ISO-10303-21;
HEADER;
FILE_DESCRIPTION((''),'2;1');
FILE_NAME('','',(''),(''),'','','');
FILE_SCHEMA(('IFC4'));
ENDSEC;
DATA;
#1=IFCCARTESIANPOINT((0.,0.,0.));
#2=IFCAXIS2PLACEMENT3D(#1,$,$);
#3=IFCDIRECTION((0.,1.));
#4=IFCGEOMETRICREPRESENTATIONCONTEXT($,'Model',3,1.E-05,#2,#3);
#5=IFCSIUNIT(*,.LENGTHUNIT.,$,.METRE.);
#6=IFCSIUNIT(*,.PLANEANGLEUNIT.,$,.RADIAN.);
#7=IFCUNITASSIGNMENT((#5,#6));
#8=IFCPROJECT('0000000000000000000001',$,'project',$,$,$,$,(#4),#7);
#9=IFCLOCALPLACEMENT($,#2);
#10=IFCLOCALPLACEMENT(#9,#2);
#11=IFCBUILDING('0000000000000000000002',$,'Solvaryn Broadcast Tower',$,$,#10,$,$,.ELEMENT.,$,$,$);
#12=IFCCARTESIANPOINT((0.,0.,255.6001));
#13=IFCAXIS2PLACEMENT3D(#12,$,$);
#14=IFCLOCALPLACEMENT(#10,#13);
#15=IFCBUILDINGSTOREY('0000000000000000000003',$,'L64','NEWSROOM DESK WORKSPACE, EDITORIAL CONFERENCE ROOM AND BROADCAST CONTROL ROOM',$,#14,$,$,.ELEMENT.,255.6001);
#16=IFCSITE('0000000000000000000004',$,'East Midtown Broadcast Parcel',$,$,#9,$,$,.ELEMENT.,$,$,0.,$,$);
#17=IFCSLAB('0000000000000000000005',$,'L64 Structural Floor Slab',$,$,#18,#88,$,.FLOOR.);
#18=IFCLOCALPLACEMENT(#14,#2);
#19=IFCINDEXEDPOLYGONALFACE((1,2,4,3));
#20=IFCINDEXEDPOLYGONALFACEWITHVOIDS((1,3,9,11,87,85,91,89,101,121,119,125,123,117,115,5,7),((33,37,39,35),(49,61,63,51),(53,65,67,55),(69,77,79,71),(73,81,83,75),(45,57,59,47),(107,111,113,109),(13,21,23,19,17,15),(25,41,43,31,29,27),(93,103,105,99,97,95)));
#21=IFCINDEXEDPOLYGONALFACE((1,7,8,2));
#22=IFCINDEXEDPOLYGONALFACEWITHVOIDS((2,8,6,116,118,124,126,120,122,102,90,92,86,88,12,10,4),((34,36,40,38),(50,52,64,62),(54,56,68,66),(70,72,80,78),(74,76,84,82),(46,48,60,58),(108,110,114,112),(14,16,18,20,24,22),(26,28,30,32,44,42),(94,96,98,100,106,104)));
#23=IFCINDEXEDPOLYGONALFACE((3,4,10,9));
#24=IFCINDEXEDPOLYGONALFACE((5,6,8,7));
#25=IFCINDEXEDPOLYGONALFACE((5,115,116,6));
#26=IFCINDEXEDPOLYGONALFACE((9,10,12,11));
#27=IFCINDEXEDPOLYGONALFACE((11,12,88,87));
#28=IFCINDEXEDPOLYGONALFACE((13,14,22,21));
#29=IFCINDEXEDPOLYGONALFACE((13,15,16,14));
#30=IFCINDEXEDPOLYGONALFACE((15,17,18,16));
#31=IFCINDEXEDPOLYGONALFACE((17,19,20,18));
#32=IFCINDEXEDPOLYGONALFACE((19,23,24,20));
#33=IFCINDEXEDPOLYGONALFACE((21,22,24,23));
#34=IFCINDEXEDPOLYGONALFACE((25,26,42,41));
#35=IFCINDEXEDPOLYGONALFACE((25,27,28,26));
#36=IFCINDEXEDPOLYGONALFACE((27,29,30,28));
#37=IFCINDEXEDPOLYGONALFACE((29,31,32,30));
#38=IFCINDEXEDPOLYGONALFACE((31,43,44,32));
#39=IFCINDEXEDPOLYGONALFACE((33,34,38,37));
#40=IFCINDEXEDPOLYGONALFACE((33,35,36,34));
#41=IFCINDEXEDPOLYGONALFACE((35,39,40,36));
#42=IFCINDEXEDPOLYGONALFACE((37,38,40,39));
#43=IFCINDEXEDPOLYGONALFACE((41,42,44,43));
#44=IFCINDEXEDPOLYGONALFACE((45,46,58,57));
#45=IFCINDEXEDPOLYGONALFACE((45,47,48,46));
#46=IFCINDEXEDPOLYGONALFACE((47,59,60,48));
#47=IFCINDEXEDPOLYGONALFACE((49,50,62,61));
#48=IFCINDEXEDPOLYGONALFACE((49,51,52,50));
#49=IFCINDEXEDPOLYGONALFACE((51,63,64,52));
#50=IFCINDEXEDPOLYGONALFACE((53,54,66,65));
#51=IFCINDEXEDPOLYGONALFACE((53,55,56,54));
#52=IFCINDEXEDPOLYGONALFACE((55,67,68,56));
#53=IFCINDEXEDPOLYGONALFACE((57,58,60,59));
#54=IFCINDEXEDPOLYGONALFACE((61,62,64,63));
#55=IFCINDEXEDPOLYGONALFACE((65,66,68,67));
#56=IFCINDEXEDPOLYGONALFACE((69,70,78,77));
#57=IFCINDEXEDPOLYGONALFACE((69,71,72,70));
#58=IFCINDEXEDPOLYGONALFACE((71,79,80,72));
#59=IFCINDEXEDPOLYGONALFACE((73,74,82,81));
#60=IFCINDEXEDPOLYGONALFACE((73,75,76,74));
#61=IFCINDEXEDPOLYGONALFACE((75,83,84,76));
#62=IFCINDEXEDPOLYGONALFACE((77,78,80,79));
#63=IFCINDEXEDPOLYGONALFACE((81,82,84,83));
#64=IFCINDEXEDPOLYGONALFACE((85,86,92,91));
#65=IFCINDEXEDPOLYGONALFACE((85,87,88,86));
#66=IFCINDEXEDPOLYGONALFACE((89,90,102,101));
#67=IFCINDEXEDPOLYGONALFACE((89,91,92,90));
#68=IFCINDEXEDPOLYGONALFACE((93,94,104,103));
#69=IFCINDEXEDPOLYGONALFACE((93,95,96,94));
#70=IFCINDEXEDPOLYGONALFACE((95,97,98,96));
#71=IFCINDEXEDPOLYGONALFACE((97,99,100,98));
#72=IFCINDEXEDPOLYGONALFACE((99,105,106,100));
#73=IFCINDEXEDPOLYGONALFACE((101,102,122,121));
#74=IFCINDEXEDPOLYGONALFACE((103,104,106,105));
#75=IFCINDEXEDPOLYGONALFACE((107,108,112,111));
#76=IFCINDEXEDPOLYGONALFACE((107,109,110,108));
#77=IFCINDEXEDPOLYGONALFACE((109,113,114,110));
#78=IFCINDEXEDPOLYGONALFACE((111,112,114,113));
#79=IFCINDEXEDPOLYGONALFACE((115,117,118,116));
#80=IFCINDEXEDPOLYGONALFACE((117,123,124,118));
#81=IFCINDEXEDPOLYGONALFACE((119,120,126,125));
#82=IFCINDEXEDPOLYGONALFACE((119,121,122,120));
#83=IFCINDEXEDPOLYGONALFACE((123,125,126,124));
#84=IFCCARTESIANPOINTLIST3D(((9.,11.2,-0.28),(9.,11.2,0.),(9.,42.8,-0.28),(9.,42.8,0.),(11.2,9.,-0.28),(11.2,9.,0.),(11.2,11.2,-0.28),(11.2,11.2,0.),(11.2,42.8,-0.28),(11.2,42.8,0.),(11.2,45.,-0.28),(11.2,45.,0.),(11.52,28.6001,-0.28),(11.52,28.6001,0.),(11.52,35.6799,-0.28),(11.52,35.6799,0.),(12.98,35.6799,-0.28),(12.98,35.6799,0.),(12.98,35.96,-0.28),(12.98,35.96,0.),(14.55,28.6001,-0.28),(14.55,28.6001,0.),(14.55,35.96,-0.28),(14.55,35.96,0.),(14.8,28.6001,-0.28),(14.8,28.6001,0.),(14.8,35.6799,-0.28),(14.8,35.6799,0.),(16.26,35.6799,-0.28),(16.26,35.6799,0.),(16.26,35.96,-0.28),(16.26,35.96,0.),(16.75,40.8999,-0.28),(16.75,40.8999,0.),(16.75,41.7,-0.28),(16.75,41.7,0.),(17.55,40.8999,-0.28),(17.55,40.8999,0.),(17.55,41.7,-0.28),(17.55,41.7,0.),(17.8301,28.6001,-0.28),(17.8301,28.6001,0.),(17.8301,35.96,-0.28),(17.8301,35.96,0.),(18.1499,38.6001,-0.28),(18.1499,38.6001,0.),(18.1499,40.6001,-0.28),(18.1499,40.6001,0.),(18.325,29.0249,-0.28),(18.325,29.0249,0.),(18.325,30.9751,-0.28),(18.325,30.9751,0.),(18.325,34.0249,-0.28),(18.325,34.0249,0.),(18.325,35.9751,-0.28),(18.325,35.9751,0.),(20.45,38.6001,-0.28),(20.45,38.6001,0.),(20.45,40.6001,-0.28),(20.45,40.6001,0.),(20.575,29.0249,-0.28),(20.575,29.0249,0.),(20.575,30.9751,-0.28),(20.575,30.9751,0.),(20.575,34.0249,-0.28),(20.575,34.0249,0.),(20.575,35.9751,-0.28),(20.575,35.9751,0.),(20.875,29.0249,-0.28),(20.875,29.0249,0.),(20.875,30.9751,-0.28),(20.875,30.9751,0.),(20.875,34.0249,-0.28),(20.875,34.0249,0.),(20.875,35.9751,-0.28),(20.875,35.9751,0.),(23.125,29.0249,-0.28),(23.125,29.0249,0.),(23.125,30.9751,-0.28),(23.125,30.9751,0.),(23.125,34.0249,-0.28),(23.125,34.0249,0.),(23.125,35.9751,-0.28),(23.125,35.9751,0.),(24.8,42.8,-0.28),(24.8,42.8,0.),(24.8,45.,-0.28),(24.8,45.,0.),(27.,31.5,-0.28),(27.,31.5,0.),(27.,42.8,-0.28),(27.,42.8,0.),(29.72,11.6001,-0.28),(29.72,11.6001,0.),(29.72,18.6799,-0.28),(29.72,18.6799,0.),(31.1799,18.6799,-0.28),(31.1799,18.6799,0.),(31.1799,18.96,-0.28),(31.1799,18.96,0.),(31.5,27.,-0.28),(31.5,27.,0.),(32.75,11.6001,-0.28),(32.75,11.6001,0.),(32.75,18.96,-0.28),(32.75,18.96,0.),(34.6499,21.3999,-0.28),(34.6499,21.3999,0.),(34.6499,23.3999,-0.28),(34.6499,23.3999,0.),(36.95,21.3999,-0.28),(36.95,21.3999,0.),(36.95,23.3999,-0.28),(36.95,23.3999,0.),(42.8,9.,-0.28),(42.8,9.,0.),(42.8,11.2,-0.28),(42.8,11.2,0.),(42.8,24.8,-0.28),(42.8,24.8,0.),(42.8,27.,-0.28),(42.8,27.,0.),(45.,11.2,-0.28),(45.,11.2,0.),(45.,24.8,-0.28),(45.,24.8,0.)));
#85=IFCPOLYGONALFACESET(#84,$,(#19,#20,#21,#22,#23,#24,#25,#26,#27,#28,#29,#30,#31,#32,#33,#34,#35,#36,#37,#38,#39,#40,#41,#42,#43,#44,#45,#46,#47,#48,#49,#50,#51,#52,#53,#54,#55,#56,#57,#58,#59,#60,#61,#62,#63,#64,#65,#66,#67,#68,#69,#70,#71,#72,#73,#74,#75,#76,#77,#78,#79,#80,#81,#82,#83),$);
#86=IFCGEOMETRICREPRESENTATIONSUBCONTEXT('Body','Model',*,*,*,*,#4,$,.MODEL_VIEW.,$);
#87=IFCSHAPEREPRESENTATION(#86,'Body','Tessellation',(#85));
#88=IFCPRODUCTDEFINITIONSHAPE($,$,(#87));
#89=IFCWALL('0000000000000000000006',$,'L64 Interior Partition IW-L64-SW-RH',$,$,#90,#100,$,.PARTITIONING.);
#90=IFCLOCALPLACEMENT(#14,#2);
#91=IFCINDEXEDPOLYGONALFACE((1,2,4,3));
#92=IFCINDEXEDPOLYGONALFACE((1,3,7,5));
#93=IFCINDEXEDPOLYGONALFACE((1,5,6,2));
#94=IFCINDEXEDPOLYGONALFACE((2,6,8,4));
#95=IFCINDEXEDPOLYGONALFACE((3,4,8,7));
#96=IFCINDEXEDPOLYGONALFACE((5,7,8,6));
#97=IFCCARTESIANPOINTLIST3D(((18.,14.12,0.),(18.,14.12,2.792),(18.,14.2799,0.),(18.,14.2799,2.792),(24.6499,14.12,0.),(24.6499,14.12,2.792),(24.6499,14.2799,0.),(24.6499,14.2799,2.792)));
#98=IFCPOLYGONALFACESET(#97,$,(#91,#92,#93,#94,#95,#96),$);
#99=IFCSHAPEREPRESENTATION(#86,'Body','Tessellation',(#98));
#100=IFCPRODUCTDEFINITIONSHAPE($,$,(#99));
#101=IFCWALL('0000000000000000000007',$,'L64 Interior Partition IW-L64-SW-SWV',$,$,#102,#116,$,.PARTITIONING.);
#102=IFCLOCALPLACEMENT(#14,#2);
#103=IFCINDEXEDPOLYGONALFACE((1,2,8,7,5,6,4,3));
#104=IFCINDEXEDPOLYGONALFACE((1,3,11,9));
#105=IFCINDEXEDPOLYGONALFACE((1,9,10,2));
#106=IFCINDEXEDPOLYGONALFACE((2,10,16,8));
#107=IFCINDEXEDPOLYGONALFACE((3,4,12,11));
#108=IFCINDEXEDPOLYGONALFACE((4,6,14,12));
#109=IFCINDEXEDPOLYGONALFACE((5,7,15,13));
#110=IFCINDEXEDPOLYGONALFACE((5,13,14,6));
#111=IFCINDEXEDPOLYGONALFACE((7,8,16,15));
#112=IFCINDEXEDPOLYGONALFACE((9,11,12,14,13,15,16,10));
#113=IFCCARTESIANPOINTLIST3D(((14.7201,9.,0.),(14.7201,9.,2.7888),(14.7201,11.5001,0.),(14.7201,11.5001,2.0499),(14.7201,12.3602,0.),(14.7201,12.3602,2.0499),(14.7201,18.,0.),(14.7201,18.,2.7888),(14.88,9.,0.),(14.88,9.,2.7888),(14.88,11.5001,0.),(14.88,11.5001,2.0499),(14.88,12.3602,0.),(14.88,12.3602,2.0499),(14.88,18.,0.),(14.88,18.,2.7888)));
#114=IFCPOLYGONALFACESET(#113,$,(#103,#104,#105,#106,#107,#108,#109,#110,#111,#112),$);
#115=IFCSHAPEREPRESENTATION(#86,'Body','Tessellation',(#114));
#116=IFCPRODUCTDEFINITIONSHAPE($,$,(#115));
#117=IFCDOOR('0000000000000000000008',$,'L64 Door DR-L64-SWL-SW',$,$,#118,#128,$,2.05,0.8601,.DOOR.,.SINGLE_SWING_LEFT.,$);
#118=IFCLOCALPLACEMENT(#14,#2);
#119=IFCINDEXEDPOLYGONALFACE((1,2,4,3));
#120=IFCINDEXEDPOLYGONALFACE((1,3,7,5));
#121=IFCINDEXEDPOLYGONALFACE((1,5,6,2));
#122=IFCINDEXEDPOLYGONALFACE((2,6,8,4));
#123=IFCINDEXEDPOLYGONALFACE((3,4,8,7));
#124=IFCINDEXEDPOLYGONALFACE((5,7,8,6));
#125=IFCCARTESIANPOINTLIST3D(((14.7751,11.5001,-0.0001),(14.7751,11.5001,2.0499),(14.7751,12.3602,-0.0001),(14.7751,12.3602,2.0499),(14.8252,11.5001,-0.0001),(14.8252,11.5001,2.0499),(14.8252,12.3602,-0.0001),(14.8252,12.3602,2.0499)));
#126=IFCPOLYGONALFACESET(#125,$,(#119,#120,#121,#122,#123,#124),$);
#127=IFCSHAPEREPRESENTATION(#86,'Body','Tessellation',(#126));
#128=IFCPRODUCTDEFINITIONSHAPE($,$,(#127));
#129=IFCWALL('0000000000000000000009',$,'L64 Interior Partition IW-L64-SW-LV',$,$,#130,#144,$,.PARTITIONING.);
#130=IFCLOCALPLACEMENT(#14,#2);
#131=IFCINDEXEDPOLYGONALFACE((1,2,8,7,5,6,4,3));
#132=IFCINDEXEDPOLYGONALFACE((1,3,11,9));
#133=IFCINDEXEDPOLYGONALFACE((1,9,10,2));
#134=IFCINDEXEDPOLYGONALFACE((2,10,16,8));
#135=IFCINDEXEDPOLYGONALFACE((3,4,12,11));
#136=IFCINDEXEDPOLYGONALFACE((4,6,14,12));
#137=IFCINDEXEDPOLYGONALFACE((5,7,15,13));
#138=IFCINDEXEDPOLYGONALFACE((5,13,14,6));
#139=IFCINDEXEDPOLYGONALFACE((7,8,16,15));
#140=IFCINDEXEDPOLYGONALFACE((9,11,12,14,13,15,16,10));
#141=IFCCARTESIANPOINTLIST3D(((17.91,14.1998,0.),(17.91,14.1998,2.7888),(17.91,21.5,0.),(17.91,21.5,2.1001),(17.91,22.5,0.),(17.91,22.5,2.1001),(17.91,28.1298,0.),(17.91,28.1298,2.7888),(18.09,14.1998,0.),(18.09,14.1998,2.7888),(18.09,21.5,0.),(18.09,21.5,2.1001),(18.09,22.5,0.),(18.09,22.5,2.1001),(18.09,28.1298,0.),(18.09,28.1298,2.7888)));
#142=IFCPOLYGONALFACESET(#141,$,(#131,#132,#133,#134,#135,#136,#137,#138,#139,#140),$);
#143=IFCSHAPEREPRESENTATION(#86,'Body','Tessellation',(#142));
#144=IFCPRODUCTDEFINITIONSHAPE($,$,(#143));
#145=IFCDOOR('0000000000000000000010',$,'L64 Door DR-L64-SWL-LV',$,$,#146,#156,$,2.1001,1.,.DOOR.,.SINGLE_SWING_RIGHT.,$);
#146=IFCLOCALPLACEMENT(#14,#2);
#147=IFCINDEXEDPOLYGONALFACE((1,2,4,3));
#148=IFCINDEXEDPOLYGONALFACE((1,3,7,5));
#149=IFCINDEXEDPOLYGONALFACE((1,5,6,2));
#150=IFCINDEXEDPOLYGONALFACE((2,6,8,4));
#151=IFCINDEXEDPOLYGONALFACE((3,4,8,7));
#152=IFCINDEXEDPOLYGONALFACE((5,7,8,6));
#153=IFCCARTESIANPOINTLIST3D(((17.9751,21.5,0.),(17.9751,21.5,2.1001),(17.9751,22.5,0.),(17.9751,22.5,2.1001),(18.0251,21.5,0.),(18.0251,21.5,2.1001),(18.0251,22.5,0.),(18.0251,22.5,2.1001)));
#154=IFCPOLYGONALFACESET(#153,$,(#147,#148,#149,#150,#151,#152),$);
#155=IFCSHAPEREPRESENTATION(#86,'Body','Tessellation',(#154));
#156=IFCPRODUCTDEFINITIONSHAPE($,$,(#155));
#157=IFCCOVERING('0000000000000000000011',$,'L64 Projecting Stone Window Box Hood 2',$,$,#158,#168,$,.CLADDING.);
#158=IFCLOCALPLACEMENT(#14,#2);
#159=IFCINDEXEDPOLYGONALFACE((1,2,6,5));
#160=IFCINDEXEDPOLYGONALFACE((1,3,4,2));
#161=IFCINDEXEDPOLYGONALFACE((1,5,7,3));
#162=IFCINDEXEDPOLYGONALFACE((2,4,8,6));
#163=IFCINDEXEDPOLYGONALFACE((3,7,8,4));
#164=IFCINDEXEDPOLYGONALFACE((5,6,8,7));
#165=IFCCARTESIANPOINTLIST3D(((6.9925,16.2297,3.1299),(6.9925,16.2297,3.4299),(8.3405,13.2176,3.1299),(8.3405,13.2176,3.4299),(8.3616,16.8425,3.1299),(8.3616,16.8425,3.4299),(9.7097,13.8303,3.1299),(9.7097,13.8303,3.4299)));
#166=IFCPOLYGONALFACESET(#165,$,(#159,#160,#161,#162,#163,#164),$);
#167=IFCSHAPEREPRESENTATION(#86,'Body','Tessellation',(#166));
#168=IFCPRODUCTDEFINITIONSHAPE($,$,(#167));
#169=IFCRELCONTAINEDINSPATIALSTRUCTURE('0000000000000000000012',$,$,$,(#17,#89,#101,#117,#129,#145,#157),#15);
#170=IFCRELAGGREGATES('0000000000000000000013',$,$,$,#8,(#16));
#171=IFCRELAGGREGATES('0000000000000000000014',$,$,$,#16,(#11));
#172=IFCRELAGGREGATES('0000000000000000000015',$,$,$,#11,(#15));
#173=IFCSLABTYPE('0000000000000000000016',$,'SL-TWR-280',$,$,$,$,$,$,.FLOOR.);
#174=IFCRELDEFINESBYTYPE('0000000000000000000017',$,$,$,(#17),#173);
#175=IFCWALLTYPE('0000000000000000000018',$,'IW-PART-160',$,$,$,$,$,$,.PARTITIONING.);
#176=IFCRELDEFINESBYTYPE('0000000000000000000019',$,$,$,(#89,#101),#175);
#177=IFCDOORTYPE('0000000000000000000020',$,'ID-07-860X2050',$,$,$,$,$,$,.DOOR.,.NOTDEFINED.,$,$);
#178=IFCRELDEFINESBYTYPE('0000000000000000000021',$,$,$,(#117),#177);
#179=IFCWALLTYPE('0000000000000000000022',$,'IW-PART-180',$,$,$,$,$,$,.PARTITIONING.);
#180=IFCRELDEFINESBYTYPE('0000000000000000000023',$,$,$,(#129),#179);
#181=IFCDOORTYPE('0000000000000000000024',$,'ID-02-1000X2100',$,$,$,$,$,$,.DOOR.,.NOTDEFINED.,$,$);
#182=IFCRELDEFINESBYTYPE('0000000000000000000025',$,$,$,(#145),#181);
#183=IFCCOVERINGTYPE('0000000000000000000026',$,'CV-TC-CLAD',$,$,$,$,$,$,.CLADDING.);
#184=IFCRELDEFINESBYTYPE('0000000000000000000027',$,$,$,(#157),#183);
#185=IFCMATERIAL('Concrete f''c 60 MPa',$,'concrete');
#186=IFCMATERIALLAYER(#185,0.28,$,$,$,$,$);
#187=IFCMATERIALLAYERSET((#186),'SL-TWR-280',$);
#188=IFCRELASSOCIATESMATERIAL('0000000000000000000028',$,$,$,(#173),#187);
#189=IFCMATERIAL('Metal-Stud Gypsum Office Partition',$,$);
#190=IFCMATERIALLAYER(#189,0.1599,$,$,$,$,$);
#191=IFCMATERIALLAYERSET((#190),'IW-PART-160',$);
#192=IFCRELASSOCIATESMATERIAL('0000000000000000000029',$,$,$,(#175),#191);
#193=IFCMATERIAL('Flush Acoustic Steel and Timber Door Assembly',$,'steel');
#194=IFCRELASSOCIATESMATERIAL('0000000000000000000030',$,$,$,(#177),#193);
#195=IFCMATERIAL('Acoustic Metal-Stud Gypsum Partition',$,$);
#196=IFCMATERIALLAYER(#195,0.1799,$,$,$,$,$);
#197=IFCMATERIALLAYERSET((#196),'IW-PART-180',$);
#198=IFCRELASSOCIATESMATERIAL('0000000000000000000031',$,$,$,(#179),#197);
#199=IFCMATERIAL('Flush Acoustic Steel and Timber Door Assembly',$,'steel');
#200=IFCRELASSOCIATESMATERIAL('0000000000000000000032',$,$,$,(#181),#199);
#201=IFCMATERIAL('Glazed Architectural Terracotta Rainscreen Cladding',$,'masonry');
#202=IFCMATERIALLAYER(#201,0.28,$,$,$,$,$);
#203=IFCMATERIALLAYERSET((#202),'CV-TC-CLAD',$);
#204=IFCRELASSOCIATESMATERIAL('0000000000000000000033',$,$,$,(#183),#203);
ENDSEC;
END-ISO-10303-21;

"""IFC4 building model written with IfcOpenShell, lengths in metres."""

from ifc_helpers import new_model, si_unit, direction, frame, frame_2d, origin, origin_2d, place, context, subcontext, project, spatial, polyline, rectangle, outline, extrude, material, layer, layer_set, type_object, element, fill, save


model = new_model("IFC4")

# Units and contexts
model_context = context("Model", 3, precision=1e-05, world=origin(), true_north=direction((0.0, 1.0)))
body_context = subcontext(model_context, "Body", "Model", "MODEL_VIEW")
ifc_project = project(units=[si_unit("LENGTHUNIT", "METRE"), si_unit("PLANEANGLEUNIT", "RADIAN")], contexts=[model_context])

# Site, building, storey
site_placement = place(None, origin())
site = spatial("IfcSite", under=ifc_project, at=site_placement, Name="East Midtown Broadcast Parcel", CompositionType="ELEMENT", RefElevation=0.0)
building_placement = place(site_placement, origin())
building = spatial("IfcBuilding", under=site, at=building_placement, Name="Solvaryn Broadcast Tower", CompositionType="ELEMENT")
storey_placement = place(building_placement, frame((0.0, 0.0, 255.6001)))
storey = spatial("IfcBuildingStorey", under=building, at=storey_placement, Name="L64", Description="NEWSROOM DESK WORKSPACE, EDITORIAL CONFERENCE ROOM AND BROADCAST CONTROL ROOM", CompositionType="ELEMENT", Elevation=255.6001)

# Slab
ifc_material_1 = material(Name="Concrete f'c 60 MPa", Category="concrete")
ifc_layer_1 = layer(ifc_material_1, 0.28)
ifc_layer_set_1 = layer_set([ifc_layer_1], Name="SL-TWR-280")
slab_type_1 = type_object("IfcSlabType", Name="SL-TWR-280", PredefinedType="FLOOR", material=ifc_layer_set_1)
slab_1_placement = place(storey_placement, frame((0.0, 0.0, -0.28)))
element("IfcSlab", 1, at=slab_1_placement, inside=storey, type_object=slab_type_1, Name="L64 Structural Floor Slab", PredefinedType="FLOOR", context=body_context, shape_type="SweptSolid", body=[
    extrude(outline(polyline([(11.2, 9.0), (42.8, 9.0), (42.8, 11.2), (45.0, 11.2), (45.0, 24.8), (42.8, 24.8), (42.8, 27.0), (31.5, 27.0), (27.0, 31.5), (27.0, 42.8), (24.8, 42.8), (24.8, 45.0), (11.2, 45.0), (11.2, 42.8), (9.0, 42.8), (9.0, 11.2), (11.2, 11.2), (11.2, 9.0)]), holes=[polyline([(11.52, 28.6001), (14.55, 28.6001), (14.55, 35.96), (12.98, 35.96), (12.98, 35.6799), (11.52, 35.6799), (11.52, 28.6001)]), polyline([(14.8, 28.6001), (17.8301, 28.6001), (17.8301, 35.96), (16.26, 35.96), (16.26, 35.6799), (14.8, 35.6799), (14.8, 28.6001)]), polyline([(29.72, 11.6001), (32.75, 11.6001), (32.75, 18.96), (31.1799, 18.96), (31.1799, 18.6799), (29.72, 18.6799), (29.72, 11.6001)]), polyline([(18.1499, 38.6001), (20.45, 38.6001), (20.45, 40.6001), (18.1499, 40.6001), (18.1499, 38.6001)]), polyline([(18.325, 29.0249), (20.575, 29.0249), (20.575, 30.9751), (18.325, 30.9751), (18.325, 29.0249)]), polyline([(20.875, 29.0249), (23.125, 29.0249), (23.125, 30.9751), (20.875, 30.9751), (20.875, 29.0249)]), polyline([(18.325, 34.0249), (20.575, 34.0249), (20.575, 35.9751), (18.325, 35.9751), (18.325, 34.0249)]), polyline([(20.875, 34.0249), (23.125, 34.0249), (23.125, 35.9751), (20.875, 35.9751), (20.875, 34.0249)]), polyline([(34.6499, 21.3999), (36.95, 21.3999), (36.95, 23.3999), (34.6499, 23.3999), (34.6499, 21.3999)]), polyline([(16.75, 40.8999), (17.55, 40.8999), (17.55, 41.7), (16.75, 41.7), (16.75, 40.8999)])]), origin(), (0.0, 0.0, 1.0), 0.28),
])

# Wall
ifc_material_2 = material(Name="Metal-Stud Gypsum Office Partition")
ifc_layer_2 = layer(ifc_material_2, 0.1599)
ifc_layer_set_2 = layer_set([ifc_layer_2], Name="IW-PART-160")
wall_type_1 = type_object("IfcWallType", Name="IW-PART-160", PredefinedType="PARTITIONING", material=ifc_layer_set_2)
wall_1_placement = place(storey_placement, frame((18.0, 14.2, 0.0), z_axis=(0.0, 0.0, 1.0), x_axis=(1.0, 0.0, 0.0)))
element("IfcWall", 2, at=wall_1_placement, inside=storey, type_object=wall_type_1, Name="L64 Interior Partition IW-L64-SW-RH", PredefinedType="PARTITIONING", context=body_context, shape_type="SweptSolid", body=[
    extrude(rectangle(XDim=6.6499, YDim=0.1599, at=frame_2d((3.325, 0.0))), origin(), (0.0, 0.0, 1.0), 2.792),
])

# Walls, openings, doors
wall_2_placement = place(storey_placement, frame((14.8, 9.0, 0.0), z_axis=(0.0, 0.0, 1.0), x_axis=(0.0, 1.0, 0.0)))
wall_2 = element("IfcWall", 3, at=wall_2_placement, inside=storey, type_object=wall_type_1, Name="L64 Interior Partition IW-L64-SW-SWV", PredefinedType="PARTITIONING", context=body_context, shape_type="SweptSolid", body=[
    extrude(rectangle(XDim=9.0, YDim=0.1599, at=frame_2d((4.5, 0.0))), origin(), (0.0, 0.0, 1.0), 2.7888),
])
opening_1_placement = place(wall_2_placement, frame((2.5, 0.0, 0.0)))
opening_1 = element("IfcOpeningElement", 4, at=opening_1_placement, cuts=wall_2, PredefinedType="OPENING", context=body_context, shape_type="SweptSolid", body=[
    extrude(rectangle(XDim=0.8601, YDim=2.05, at=frame_2d((0.4302, 1.0249))), frame((0.0, 0.0901, 0.0), z_axis=(0.0, -1.0, 0.0), x_axis=(1.0, 0.0, 0.0)), (0.0, 0.0, 1.0), 0.1799),
])
ifc_material_3 = material(Name="Flush Acoustic Steel and Timber Door Assembly", Category="steel")
door_type_1 = type_object("IfcDoorType", Name="ID-07-860X2050", OperationType="NOTDEFINED", PredefinedType="DOOR", material=ifc_material_3)
door_1_placement = place(opening_1_placement, origin())
door_1 = element("IfcDoor", 5, at=door_1_placement, inside=storey, type_object=door_type_1, Name="L64 Door DR-L64-SWL-SW", OperationType="SINGLE_SWING_LEFT", OverallHeight=2.05, OverallWidth=0.8601, PredefinedType="DOOR", context=body_context, shape_type="SweptSolid", body=[
    extrude(rectangle(XDim=0.8601, YDim=2.05, at=frame_2d((0.4302, 1.0249))), frame((0.0, 0.0249, 0.0), z_axis=(0.0, -1.0, 0.0), x_axis=(1.0, 0.0, 0.0)), (0.0, 0.0, 1.0), 0.05),
])
fill(opening_1, door_1)
ifc_material_4 = material(Name="Acoustic Metal-Stud Gypsum Partition")
ifc_layer_3 = layer(ifc_material_4, 0.1799)
ifc_layer_set_3 = layer_set([ifc_layer_3], Name="IW-PART-180")
wall_type_2 = type_object("IfcWallType", Name="IW-PART-180", PredefinedType="PARTITIONING", material=ifc_layer_set_3)
wall_3_placement = place(storey_placement, frame((18.0, 14.2, 0.0), z_axis=(0.0, 0.0, 1.0), x_axis=(0.0, 1.0, 0.0)))
wall_3 = element("IfcWall", 6, at=wall_3_placement, inside=storey, type_object=wall_type_2, Name="L64 Interior Partition IW-L64-SW-LV", PredefinedType="PARTITIONING", context=body_context, shape_type="SweptSolid", body=[
    extrude(rectangle(XDim=13.9299, YDim=0.1799, at=frame_2d((6.9648, 0.0))), origin(), (0.0, 0.0, 1.0), 2.7888),
])
opening_2_placement = place(wall_3_placement, frame((7.3, 0.0, 0.0)))
opening_2 = element("IfcOpeningElement", 7, at=opening_2_placement, cuts=wall_3, PredefinedType="OPENING", context=body_context, shape_type="SweptSolid", body=[
    extrude(rectangle(XDim=1.0, YDim=2.1001, at=frame_2d((0.5, 1.05))), frame((0.0, 0.0999, 0.0), z_axis=(0.0, -1.0, 0.0), x_axis=(1.0, 0.0, 0.0)), (0.0, 0.0, 1.0), 0.2),
])
ifc_material_5 = material(Name="Flush Acoustic Steel and Timber Door Assembly", Category="steel")
door_type_2 = type_object("IfcDoorType", Name="ID-02-1000X2100", OperationType="NOTDEFINED", PredefinedType="DOOR", material=ifc_material_5)
door_2_placement = place(opening_2_placement, origin())
door_2 = element("IfcDoor", 8, at=door_2_placement, inside=storey, type_object=door_type_2, Name="L64 Door DR-L64-SWL-LV", OperationType="SINGLE_SWING_RIGHT", OverallHeight=2.1001, OverallWidth=1.0, PredefinedType="DOOR", context=body_context, shape_type="SweptSolid", body=[
    extrude(rectangle(XDim=1.0, YDim=2.1001, at=frame_2d((0.5, 1.05))), frame((0.0, 0.0249, 0.0), z_axis=(0.0, -1.0, 0.0), x_axis=(1.0, 0.0, 0.0)), (0.0, 0.0, 1.0), 0.05),
])
fill(opening_2, door_2)

# Covering
ifc_material_6 = material(Name="Glazed Architectural Terracotta Rainscreen Cladding", Category="masonry")
ifc_layer_4 = layer(ifc_material_6, 0.28)
ifc_layer_set_4 = layer_set([ifc_layer_4], Name="CV-TC-CLAD")
covering_type_1 = type_object("IfcCoveringType", Name="CV-TC-CLAD", PredefinedType="CLADDING", material=ifc_layer_set_4)
for number, where, z_axis, x_axis, name in (
    (9, (8.3511, 15.03, 3.1299), (0.0, 0.0, 1.0), (0.40849, -0.912763, 0.0), "L64 Projecting Stone Window Box Hood 2"),
):
    element("IfcCovering", number, at=place(storey_placement, frame(where, z_axis=z_axis, x_axis=x_axis)), inside=storey, type_object=covering_type_1, Name=name, PredefinedType="CLADDING", context=body_context, shape_type="SweptSolid", body=[
        extrude(rectangle(XDim=3.3, YDim=1.5, at=origin_2d()), origin(), (0.0, 0.0, 1.0), 0.3),
    ])

save(model, "model.ifc")
